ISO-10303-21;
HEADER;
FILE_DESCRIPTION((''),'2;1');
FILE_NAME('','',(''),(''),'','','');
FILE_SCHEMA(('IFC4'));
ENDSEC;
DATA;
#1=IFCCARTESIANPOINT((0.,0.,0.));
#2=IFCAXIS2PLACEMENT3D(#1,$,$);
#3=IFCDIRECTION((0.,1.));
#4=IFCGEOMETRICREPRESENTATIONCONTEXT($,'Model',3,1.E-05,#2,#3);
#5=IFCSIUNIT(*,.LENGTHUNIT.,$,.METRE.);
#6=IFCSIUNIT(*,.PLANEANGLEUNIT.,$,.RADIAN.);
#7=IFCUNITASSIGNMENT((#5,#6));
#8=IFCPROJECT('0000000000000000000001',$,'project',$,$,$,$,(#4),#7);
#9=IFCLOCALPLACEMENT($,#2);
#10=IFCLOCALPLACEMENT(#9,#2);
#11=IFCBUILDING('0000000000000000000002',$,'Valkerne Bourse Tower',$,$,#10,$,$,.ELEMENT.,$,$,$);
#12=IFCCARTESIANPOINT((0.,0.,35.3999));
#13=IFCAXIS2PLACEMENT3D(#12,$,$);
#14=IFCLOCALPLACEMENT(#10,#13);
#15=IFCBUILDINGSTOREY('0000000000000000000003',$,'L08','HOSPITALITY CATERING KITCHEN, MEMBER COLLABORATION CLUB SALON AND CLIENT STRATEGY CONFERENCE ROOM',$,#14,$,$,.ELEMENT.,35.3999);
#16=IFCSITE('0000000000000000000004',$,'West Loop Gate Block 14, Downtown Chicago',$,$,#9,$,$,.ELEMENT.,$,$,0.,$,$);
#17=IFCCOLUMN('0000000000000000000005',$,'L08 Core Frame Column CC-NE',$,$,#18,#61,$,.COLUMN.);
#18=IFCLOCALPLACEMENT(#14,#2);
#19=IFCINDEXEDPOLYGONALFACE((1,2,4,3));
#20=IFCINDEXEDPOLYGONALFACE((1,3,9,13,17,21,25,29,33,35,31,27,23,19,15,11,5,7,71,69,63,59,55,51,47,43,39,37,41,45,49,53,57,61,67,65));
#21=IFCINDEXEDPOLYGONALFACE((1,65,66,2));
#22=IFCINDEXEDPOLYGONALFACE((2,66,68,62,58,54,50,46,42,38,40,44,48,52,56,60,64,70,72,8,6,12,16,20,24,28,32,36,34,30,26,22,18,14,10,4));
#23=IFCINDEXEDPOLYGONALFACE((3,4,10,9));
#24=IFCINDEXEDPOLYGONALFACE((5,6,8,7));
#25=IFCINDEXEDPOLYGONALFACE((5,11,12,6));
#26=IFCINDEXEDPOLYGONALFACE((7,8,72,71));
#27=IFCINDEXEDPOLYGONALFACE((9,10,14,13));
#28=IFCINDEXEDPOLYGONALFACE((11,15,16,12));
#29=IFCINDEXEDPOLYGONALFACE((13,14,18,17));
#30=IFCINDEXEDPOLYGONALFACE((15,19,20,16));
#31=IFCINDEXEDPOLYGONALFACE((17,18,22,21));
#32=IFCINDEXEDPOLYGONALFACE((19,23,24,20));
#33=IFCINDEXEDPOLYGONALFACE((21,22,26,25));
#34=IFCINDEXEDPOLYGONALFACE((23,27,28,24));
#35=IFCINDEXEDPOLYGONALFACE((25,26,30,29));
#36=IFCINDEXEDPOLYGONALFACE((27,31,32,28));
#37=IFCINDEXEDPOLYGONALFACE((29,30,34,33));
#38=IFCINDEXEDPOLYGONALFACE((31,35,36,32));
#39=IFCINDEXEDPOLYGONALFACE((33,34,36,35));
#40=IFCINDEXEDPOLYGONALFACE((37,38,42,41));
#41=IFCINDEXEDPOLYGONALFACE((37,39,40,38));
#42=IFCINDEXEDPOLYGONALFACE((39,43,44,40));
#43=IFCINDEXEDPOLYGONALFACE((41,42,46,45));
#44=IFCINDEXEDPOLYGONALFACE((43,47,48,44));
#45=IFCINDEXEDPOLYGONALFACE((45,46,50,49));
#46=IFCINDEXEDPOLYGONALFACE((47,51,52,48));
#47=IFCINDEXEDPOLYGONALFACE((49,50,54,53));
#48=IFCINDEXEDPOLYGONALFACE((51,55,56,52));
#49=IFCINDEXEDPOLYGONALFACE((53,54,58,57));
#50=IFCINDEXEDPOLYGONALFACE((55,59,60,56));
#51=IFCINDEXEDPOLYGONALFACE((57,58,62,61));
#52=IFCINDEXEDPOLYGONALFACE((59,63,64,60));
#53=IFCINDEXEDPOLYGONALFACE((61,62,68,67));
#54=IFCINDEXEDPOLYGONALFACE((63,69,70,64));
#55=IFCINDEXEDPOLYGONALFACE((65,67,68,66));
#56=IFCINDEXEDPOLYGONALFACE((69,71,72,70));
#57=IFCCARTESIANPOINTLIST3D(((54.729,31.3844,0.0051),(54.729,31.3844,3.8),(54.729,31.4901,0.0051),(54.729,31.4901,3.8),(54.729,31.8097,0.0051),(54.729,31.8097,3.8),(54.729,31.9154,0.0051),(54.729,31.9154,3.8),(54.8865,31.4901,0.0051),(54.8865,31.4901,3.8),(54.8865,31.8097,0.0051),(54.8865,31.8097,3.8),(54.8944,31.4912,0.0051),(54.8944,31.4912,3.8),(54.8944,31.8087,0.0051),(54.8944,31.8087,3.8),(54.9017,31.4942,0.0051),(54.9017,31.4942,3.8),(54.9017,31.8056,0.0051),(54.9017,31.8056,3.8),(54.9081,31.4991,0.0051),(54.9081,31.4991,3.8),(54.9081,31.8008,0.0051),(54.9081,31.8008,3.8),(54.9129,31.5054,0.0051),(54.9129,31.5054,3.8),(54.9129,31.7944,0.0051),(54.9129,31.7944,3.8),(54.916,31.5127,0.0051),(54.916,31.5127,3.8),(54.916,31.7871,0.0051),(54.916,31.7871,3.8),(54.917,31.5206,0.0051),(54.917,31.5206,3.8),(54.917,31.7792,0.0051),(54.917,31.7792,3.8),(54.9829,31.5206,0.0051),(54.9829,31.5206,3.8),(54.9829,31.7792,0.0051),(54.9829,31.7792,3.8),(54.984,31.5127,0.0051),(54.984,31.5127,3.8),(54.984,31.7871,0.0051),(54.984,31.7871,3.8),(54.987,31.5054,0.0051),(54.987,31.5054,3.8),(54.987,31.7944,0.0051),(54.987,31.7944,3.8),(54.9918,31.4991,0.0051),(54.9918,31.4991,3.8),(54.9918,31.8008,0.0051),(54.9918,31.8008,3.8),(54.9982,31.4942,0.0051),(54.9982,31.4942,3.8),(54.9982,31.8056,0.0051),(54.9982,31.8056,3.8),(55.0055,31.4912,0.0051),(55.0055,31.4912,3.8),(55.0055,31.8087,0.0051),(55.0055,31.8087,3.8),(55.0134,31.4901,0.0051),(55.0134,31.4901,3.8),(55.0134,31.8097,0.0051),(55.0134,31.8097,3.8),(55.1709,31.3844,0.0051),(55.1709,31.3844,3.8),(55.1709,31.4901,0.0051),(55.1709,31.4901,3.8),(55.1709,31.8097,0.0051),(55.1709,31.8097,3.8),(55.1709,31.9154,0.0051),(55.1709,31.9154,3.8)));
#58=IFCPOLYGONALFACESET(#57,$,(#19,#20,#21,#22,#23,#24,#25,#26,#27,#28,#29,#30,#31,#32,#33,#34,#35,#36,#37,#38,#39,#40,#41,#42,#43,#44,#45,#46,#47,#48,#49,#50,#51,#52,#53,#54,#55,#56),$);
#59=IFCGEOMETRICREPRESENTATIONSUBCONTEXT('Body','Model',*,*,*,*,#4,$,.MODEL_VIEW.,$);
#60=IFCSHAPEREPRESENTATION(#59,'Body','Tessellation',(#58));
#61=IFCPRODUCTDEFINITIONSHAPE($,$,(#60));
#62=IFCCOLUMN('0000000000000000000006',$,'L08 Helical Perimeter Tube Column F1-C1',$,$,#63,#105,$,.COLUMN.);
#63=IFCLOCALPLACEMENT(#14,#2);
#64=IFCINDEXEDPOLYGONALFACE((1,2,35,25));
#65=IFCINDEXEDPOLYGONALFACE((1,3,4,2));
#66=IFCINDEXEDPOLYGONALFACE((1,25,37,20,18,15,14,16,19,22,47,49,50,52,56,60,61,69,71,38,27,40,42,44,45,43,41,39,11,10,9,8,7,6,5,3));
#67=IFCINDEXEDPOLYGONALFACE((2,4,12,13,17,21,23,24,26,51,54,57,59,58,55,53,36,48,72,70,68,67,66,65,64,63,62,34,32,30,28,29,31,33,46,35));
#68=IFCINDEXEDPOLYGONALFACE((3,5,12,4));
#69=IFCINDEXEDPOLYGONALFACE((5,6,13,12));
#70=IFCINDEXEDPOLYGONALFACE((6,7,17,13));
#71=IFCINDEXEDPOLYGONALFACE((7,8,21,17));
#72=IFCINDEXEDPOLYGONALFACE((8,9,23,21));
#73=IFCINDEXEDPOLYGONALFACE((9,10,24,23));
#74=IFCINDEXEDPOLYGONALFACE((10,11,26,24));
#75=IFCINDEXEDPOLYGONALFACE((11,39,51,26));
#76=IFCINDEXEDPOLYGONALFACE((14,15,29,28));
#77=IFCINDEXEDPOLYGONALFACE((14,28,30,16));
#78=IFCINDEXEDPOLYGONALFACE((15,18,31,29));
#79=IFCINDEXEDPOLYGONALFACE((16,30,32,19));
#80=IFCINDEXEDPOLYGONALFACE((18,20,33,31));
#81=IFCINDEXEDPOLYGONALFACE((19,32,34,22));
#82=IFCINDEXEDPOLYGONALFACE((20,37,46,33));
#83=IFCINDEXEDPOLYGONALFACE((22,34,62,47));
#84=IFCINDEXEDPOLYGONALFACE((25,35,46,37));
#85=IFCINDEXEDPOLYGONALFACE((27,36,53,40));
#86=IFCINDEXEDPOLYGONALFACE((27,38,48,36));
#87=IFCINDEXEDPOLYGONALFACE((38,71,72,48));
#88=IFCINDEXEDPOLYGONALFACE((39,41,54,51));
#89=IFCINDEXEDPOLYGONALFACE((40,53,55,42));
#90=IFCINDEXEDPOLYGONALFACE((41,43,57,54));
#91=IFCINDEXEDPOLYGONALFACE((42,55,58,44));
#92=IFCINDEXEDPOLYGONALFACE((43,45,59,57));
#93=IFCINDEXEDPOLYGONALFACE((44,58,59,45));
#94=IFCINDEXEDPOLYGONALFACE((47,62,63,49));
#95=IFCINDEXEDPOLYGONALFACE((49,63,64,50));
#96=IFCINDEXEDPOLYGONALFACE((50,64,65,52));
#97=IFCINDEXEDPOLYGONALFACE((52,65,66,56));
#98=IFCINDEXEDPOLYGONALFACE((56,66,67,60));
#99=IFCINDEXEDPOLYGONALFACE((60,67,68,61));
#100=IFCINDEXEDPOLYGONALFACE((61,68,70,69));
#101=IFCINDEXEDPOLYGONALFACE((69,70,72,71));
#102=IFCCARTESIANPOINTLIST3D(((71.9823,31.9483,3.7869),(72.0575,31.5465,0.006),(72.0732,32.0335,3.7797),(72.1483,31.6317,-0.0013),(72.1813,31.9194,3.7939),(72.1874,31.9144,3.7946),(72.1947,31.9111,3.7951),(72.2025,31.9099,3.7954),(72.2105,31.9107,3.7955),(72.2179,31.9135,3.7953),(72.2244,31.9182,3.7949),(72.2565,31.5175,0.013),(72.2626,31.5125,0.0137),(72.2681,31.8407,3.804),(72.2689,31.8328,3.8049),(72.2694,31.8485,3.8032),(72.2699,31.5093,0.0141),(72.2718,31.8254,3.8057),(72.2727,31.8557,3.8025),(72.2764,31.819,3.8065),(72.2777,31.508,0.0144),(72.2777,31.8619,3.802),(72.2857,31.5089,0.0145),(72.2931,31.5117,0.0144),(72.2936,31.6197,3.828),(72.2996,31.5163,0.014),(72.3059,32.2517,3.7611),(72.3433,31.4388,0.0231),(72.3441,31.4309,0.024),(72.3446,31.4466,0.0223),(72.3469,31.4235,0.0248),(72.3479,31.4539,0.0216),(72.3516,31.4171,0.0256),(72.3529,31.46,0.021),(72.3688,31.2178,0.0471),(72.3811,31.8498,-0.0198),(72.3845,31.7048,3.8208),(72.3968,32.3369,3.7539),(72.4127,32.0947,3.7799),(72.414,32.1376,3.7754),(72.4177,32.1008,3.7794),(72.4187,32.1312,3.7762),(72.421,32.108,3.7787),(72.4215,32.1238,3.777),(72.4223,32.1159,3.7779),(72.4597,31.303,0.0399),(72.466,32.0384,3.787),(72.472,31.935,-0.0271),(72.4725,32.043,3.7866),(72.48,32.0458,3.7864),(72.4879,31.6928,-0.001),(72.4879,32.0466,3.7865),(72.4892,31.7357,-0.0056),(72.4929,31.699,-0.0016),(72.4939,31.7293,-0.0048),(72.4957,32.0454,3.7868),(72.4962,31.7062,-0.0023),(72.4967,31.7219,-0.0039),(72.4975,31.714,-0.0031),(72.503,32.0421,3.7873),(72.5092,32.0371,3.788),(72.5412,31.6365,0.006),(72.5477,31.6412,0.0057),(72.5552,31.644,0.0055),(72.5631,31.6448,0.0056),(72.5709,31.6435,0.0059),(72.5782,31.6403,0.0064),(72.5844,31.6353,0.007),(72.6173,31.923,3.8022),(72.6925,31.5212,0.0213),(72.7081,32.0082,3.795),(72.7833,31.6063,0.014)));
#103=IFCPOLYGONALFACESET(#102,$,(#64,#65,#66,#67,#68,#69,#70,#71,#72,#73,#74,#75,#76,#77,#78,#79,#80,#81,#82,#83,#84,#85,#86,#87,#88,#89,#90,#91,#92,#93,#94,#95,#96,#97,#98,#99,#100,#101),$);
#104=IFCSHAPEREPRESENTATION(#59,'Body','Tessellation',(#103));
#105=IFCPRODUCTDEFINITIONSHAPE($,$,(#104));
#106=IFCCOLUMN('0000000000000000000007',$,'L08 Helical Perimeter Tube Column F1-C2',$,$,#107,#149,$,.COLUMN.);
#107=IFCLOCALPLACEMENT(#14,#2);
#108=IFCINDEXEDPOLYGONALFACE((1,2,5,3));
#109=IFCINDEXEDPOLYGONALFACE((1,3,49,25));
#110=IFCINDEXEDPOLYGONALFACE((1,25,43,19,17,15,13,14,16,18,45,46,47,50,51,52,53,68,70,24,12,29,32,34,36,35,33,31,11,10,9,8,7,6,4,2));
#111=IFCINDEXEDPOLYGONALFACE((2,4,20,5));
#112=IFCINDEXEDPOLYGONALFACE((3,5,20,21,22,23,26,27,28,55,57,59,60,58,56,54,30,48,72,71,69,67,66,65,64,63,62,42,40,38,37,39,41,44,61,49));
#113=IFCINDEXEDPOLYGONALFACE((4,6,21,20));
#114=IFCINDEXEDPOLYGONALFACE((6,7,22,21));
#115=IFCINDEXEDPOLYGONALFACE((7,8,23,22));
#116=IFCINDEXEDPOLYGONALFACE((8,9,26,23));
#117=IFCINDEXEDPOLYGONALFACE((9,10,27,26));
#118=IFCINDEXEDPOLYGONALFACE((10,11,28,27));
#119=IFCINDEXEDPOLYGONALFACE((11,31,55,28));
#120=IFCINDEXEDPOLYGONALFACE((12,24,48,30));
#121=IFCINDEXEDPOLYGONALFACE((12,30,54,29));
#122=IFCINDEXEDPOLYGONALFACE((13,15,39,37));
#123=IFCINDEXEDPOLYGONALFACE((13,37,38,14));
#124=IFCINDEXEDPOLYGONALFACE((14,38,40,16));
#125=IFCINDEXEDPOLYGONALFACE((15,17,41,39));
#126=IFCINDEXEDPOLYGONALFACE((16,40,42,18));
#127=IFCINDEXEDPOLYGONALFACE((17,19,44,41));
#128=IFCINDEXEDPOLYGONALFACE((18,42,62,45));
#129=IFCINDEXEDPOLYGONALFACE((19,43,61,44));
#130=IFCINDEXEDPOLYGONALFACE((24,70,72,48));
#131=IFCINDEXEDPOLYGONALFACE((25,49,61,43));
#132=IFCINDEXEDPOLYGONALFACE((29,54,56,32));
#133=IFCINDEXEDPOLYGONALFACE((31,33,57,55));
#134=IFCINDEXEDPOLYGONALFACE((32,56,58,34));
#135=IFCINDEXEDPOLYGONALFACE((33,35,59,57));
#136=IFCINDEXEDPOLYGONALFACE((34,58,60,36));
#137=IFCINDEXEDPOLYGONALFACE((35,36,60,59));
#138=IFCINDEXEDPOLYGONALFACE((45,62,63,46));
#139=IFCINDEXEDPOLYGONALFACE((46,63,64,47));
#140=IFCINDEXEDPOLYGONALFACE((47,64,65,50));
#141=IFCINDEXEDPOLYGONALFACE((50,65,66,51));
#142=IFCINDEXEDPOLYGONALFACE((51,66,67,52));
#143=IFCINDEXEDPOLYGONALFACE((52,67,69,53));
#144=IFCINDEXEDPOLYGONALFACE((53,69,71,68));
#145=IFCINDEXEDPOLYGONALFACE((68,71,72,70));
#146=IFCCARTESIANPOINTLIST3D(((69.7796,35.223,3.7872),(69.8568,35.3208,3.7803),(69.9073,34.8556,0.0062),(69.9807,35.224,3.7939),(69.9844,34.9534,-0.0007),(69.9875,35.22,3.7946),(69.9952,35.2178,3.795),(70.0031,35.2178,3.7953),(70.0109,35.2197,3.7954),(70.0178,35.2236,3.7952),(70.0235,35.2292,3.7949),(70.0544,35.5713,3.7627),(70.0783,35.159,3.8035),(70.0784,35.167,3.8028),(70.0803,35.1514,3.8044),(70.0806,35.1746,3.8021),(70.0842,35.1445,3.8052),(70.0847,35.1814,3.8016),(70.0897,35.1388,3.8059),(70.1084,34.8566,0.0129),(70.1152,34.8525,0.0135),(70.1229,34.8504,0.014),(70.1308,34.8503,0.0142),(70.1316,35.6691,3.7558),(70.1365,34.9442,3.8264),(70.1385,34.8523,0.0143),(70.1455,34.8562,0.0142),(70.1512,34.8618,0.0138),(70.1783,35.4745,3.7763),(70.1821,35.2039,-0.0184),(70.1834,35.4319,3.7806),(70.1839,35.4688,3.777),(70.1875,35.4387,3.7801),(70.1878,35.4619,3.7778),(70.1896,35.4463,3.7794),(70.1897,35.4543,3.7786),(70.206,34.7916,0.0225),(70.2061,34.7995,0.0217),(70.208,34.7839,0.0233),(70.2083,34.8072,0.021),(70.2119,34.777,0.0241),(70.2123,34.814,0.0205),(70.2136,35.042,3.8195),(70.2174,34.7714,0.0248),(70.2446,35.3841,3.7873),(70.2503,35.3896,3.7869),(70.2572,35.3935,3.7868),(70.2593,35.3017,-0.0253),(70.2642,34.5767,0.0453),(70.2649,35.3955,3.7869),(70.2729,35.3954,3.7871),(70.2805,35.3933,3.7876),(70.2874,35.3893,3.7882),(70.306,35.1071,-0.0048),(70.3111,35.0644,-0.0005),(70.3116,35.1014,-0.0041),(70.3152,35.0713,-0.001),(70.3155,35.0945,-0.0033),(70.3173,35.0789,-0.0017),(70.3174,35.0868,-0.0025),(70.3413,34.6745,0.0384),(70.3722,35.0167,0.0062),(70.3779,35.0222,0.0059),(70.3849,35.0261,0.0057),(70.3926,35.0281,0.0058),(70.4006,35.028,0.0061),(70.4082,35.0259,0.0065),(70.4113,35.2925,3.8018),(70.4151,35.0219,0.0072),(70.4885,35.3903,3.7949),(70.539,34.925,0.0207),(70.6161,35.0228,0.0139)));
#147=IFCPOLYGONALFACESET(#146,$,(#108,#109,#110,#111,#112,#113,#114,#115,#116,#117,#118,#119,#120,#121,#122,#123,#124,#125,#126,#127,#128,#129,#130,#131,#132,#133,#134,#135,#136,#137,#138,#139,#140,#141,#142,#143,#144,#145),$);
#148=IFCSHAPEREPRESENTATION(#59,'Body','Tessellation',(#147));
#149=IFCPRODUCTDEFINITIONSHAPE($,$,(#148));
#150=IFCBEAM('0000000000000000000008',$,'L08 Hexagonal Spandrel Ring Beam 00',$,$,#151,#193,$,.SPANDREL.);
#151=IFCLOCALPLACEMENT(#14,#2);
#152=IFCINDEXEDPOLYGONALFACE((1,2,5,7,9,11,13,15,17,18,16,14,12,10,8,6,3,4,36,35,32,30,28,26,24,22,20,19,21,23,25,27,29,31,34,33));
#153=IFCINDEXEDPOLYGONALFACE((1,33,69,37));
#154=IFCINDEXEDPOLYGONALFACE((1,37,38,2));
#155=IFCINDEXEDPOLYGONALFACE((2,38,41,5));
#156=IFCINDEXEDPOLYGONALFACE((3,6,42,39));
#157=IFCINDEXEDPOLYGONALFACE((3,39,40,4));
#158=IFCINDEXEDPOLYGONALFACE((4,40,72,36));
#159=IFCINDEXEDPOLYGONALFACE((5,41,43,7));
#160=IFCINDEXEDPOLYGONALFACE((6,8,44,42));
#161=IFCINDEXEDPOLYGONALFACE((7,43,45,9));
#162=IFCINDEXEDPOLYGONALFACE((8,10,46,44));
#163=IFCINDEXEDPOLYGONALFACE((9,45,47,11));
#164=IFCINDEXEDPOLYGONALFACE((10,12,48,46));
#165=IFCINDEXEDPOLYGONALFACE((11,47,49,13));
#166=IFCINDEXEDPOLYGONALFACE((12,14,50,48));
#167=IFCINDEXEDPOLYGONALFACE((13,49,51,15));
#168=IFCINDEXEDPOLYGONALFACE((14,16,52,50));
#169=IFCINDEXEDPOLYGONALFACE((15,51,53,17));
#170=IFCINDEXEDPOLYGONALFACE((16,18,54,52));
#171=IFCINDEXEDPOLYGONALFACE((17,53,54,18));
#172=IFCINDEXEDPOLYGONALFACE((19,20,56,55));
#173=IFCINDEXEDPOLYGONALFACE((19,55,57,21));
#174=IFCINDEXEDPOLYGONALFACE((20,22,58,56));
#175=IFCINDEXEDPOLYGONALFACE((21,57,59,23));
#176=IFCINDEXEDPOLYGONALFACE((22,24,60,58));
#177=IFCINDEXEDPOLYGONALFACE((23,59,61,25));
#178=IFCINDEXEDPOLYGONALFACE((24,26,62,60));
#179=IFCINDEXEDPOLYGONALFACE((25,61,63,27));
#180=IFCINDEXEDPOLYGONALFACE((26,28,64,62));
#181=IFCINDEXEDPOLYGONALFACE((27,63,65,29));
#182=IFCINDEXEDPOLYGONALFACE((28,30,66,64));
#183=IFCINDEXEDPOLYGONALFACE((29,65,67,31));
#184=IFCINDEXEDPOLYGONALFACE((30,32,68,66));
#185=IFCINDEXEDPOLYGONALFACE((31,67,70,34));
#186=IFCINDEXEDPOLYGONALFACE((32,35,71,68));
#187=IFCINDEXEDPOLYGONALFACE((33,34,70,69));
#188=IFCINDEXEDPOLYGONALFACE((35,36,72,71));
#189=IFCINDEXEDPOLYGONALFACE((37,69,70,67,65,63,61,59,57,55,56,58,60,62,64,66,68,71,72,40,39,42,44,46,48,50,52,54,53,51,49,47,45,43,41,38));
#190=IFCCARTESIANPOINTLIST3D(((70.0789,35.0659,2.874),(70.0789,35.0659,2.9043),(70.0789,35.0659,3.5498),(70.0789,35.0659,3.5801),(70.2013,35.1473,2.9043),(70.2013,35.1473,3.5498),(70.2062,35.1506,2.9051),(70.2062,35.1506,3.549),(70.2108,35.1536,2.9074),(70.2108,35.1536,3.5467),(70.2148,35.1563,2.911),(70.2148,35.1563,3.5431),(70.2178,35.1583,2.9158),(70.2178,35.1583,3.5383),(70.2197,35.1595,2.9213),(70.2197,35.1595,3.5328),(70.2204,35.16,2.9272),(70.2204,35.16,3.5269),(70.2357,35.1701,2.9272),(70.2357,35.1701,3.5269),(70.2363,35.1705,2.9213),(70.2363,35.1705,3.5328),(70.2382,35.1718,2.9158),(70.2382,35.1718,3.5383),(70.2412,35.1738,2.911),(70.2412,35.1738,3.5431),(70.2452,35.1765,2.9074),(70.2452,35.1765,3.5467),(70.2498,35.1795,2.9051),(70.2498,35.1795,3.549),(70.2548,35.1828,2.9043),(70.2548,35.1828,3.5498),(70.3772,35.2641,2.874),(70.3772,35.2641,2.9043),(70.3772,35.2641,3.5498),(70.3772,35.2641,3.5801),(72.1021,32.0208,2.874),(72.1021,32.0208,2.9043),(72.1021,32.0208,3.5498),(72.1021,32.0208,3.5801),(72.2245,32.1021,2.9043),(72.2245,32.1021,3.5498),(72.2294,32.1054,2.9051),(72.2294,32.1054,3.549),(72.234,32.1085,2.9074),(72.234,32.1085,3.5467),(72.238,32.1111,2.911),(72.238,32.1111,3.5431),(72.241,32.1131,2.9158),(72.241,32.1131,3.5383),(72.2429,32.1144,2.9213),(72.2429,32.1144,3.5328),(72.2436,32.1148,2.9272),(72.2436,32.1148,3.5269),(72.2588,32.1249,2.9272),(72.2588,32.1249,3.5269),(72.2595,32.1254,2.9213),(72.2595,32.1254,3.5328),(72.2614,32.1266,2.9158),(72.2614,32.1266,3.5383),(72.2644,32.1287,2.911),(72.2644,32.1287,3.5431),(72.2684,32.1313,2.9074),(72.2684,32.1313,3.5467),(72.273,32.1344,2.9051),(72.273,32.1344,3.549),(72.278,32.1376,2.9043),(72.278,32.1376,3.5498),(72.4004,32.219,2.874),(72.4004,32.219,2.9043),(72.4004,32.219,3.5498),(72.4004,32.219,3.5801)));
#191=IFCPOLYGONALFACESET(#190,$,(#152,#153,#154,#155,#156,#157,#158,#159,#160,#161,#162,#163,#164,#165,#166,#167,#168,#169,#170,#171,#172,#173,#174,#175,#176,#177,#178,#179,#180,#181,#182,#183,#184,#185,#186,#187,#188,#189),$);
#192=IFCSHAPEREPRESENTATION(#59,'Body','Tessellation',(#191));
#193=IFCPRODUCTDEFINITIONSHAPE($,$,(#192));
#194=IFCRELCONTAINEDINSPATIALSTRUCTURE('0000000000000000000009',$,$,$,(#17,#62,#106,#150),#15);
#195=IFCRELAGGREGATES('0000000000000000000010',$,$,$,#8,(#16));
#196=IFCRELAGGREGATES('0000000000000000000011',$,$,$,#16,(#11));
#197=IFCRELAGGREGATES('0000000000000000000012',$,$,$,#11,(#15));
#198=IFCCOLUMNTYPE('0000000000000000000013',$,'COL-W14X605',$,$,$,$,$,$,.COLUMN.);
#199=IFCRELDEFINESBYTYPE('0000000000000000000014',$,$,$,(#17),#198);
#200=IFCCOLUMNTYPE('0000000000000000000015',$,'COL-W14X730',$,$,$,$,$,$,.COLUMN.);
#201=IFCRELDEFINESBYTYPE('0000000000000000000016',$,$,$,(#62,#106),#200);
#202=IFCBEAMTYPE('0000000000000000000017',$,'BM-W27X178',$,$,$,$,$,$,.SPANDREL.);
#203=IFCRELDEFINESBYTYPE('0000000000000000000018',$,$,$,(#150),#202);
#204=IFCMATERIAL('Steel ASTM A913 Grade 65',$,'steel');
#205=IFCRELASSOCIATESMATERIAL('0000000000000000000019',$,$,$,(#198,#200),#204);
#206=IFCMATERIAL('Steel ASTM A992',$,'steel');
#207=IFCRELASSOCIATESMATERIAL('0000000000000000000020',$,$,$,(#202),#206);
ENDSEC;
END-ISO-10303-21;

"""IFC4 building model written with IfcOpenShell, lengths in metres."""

from ifc_helpers import new_model, si_unit, direction, frame, origin, origin_2d, place, context, subcontext, project, spatial, i_section, extrude, material, material_profile, profile_set, type_object, element, save


model = new_model("IFC4")

# Units and contexts
model_context = context("Model", 3, precision=1e-05, world=origin(), true_north=direction((0.0, 1.0)))
body_context = subcontext(model_context, "Body", "Model", "MODEL_VIEW")
ifc_project = project(units=[si_unit("LENGTHUNIT", "METRE"), si_unit("PLANEANGLEUNIT", "RADIAN")], contexts=[model_context])

# Site, building, storey
site_placement = place(None, origin())
site = spatial("IfcSite", under=ifc_project, at=site_placement, Name="West Loop Gate Block 14, Downtown Chicago", CompositionType="ELEMENT", RefElevation=0.0)
building_placement = place(site_placement, origin())
building = spatial("IfcBuilding", under=site, at=building_placement, Name="Valkerne Bourse Tower", CompositionType="ELEMENT")
storey_placement = place(building_placement, frame((0.0, 0.0, 35.3999)))
storey = spatial("IfcBuildingStorey", under=building, at=storey_placement, Name="L08", Description="HOSPITALITY CATERING KITCHEN, MEMBER COLLABORATION CLUB SALON AND CLIENT STRATEGY CONFERENCE ROOM", CompositionType="ELEMENT", Elevation=35.3999)

# Columns
ifc_material_1 = material(Name="Steel ASTM A913 Grade 65", Category="steel")
ifc_material_profile_1 = material_profile(ifc_material_1, i_section(OverallWidth=0.4419, OverallDepth=0.531, WebThickness=0.0659, FlangeThickness=0.1057, FilletRadius=0.0305, at=origin_2d()), Name="W14X605")
ifc_profile_set_1 = profile_set([ifc_material_profile_1], Name="Steel ASTM A913 Grade 65")
column_type_1 = type_object("IfcColumnType", Name="COL-W14X605", PredefinedType="COLUMN", material=ifc_profile_set_1)
column_1_placement = place(storey_placement, frame((54.95, 31.6499, 0.0051), z_axis=(0.0, 0.0, 1.0), x_axis=(1.0, 0.0, 0.0)))
element("IfcColumn", 1, at=column_1_placement, inside=storey, type_object=column_type_1, Name="L08 Core Frame Column CC-NE", PredefinedType="COLUMN", context=body_context, shape_type="SweptSolid", body=[
    extrude(i_section(OverallWidth=0.4419, OverallDepth=0.531, WebThickness=0.0659, FlangeThickness=0.1057, FilletRadius=0.0305, at=origin_2d()), origin(), (0.0, 0.0, 1.0), 3.7949),
])
ifc_material_profile_2 = material_profile(ifc_material_1, i_section(OverallWidth=0.4546, OverallDepth=0.5691, WebThickness=0.0779, FlangeThickness=0.1248, FilletRadius=0.0305, at=origin_2d()), Name="W14X730")
ifc_profile_set_2 = profile_set([ifc_material_profile_2], Name="Steel ASTM A913 Grade 65")
column_type_2 = type_object("IfcColumnType", Name="COL-W14X730", PredefinedType="COLUMN", material=ifc_profile_set_2)
column_2_placement = place(storey_placement, frame((72.4204, 31.5764, 0.01), z_axis=(-0.019772, 0.105667, 0.994205), x_axis=(0.684904, -0.722996, 0.090463)))
element("IfcColumn", 2, at=column_2_placement, inside=storey, type_object=column_type_2, Name="L08 Helical Perimeter Tube Column F1-C1", PredefinedType="COLUMN", context=body_context, shape_type="SweptSolid", body=[
    extrude(i_section(OverallWidth=0.4546, OverallDepth=0.5691, WebThickness=0.0779, FlangeThickness=0.1248, FilletRadius=0.0305, at=origin_2d()), origin(), (0.0, 0.0, 1.0), 3.803),
])
column_3_placement = place(storey_placement, frame((70.2617, 34.9392, 0.01), z_axis=(-0.033593, 0.096668, 0.99475), x_axis=(0.785084, -0.613374, 0.086119)))
element("IfcColumn", 3, at=column_3_placement, inside=storey, type_object=column_type_2, Name="L08 Helical Perimeter Tube Column F1-C2", PredefinedType="COLUMN", context=body_context, shape_type="SweptSolid", body=[
    extrude(i_section(OverallWidth=0.4546, OverallDepth=0.5691, WebThickness=0.0779, FlangeThickness=0.1248, FilletRadius=0.0305, at=origin_2d()), origin(), (0.0, 0.0, 1.0), 3.801),
])

# Beam
ifc_material_2 = material(Name="Steel ASTM A992", Category="steel")
ifc_material_profile_3 = material_profile(ifc_material_2, i_section(OverallWidth=0.3582, OverallDepth=0.7061, WebThickness=0.0183, FlangeThickness=0.0303, FilletRadius=0.0229, at=origin_2d()), Name="W27X178")
ifc_profile_set_3 = profile_set([ifc_material_profile_3], Name="Steel ASTM A992")
beam_type = type_object("IfcBeamType", Name="BM-W27X178", PredefinedType="SPANDREL", material=ifc_profile_set_3)
for number, where, z_axis, x_axis, name in (
    (4, (72.2512, 32.1199, 3.2271), (-0.55339, 0.832923, 0.0), (-0.832923, -0.55339, 0.0), "L08 Hexagonal Spandrel Ring Beam 00"),
):
    element("IfcBeam", number, at=place(storey_placement, frame(where, z_axis=z_axis, x_axis=x_axis)), inside=storey, type_object=beam_type, Name=name, PredefinedType="SPANDREL", context=body_context, shape_type="SweptSolid", body=[
        extrude(i_section(OverallWidth=0.3582, OverallDepth=0.7061, WebThickness=0.0183, FlangeThickness=0.0303, FilletRadius=0.0229, at=origin_2d()), origin(), (0.0, 0.0, 1.0), 3.656),
    ])

save(model, "model.ifc")
